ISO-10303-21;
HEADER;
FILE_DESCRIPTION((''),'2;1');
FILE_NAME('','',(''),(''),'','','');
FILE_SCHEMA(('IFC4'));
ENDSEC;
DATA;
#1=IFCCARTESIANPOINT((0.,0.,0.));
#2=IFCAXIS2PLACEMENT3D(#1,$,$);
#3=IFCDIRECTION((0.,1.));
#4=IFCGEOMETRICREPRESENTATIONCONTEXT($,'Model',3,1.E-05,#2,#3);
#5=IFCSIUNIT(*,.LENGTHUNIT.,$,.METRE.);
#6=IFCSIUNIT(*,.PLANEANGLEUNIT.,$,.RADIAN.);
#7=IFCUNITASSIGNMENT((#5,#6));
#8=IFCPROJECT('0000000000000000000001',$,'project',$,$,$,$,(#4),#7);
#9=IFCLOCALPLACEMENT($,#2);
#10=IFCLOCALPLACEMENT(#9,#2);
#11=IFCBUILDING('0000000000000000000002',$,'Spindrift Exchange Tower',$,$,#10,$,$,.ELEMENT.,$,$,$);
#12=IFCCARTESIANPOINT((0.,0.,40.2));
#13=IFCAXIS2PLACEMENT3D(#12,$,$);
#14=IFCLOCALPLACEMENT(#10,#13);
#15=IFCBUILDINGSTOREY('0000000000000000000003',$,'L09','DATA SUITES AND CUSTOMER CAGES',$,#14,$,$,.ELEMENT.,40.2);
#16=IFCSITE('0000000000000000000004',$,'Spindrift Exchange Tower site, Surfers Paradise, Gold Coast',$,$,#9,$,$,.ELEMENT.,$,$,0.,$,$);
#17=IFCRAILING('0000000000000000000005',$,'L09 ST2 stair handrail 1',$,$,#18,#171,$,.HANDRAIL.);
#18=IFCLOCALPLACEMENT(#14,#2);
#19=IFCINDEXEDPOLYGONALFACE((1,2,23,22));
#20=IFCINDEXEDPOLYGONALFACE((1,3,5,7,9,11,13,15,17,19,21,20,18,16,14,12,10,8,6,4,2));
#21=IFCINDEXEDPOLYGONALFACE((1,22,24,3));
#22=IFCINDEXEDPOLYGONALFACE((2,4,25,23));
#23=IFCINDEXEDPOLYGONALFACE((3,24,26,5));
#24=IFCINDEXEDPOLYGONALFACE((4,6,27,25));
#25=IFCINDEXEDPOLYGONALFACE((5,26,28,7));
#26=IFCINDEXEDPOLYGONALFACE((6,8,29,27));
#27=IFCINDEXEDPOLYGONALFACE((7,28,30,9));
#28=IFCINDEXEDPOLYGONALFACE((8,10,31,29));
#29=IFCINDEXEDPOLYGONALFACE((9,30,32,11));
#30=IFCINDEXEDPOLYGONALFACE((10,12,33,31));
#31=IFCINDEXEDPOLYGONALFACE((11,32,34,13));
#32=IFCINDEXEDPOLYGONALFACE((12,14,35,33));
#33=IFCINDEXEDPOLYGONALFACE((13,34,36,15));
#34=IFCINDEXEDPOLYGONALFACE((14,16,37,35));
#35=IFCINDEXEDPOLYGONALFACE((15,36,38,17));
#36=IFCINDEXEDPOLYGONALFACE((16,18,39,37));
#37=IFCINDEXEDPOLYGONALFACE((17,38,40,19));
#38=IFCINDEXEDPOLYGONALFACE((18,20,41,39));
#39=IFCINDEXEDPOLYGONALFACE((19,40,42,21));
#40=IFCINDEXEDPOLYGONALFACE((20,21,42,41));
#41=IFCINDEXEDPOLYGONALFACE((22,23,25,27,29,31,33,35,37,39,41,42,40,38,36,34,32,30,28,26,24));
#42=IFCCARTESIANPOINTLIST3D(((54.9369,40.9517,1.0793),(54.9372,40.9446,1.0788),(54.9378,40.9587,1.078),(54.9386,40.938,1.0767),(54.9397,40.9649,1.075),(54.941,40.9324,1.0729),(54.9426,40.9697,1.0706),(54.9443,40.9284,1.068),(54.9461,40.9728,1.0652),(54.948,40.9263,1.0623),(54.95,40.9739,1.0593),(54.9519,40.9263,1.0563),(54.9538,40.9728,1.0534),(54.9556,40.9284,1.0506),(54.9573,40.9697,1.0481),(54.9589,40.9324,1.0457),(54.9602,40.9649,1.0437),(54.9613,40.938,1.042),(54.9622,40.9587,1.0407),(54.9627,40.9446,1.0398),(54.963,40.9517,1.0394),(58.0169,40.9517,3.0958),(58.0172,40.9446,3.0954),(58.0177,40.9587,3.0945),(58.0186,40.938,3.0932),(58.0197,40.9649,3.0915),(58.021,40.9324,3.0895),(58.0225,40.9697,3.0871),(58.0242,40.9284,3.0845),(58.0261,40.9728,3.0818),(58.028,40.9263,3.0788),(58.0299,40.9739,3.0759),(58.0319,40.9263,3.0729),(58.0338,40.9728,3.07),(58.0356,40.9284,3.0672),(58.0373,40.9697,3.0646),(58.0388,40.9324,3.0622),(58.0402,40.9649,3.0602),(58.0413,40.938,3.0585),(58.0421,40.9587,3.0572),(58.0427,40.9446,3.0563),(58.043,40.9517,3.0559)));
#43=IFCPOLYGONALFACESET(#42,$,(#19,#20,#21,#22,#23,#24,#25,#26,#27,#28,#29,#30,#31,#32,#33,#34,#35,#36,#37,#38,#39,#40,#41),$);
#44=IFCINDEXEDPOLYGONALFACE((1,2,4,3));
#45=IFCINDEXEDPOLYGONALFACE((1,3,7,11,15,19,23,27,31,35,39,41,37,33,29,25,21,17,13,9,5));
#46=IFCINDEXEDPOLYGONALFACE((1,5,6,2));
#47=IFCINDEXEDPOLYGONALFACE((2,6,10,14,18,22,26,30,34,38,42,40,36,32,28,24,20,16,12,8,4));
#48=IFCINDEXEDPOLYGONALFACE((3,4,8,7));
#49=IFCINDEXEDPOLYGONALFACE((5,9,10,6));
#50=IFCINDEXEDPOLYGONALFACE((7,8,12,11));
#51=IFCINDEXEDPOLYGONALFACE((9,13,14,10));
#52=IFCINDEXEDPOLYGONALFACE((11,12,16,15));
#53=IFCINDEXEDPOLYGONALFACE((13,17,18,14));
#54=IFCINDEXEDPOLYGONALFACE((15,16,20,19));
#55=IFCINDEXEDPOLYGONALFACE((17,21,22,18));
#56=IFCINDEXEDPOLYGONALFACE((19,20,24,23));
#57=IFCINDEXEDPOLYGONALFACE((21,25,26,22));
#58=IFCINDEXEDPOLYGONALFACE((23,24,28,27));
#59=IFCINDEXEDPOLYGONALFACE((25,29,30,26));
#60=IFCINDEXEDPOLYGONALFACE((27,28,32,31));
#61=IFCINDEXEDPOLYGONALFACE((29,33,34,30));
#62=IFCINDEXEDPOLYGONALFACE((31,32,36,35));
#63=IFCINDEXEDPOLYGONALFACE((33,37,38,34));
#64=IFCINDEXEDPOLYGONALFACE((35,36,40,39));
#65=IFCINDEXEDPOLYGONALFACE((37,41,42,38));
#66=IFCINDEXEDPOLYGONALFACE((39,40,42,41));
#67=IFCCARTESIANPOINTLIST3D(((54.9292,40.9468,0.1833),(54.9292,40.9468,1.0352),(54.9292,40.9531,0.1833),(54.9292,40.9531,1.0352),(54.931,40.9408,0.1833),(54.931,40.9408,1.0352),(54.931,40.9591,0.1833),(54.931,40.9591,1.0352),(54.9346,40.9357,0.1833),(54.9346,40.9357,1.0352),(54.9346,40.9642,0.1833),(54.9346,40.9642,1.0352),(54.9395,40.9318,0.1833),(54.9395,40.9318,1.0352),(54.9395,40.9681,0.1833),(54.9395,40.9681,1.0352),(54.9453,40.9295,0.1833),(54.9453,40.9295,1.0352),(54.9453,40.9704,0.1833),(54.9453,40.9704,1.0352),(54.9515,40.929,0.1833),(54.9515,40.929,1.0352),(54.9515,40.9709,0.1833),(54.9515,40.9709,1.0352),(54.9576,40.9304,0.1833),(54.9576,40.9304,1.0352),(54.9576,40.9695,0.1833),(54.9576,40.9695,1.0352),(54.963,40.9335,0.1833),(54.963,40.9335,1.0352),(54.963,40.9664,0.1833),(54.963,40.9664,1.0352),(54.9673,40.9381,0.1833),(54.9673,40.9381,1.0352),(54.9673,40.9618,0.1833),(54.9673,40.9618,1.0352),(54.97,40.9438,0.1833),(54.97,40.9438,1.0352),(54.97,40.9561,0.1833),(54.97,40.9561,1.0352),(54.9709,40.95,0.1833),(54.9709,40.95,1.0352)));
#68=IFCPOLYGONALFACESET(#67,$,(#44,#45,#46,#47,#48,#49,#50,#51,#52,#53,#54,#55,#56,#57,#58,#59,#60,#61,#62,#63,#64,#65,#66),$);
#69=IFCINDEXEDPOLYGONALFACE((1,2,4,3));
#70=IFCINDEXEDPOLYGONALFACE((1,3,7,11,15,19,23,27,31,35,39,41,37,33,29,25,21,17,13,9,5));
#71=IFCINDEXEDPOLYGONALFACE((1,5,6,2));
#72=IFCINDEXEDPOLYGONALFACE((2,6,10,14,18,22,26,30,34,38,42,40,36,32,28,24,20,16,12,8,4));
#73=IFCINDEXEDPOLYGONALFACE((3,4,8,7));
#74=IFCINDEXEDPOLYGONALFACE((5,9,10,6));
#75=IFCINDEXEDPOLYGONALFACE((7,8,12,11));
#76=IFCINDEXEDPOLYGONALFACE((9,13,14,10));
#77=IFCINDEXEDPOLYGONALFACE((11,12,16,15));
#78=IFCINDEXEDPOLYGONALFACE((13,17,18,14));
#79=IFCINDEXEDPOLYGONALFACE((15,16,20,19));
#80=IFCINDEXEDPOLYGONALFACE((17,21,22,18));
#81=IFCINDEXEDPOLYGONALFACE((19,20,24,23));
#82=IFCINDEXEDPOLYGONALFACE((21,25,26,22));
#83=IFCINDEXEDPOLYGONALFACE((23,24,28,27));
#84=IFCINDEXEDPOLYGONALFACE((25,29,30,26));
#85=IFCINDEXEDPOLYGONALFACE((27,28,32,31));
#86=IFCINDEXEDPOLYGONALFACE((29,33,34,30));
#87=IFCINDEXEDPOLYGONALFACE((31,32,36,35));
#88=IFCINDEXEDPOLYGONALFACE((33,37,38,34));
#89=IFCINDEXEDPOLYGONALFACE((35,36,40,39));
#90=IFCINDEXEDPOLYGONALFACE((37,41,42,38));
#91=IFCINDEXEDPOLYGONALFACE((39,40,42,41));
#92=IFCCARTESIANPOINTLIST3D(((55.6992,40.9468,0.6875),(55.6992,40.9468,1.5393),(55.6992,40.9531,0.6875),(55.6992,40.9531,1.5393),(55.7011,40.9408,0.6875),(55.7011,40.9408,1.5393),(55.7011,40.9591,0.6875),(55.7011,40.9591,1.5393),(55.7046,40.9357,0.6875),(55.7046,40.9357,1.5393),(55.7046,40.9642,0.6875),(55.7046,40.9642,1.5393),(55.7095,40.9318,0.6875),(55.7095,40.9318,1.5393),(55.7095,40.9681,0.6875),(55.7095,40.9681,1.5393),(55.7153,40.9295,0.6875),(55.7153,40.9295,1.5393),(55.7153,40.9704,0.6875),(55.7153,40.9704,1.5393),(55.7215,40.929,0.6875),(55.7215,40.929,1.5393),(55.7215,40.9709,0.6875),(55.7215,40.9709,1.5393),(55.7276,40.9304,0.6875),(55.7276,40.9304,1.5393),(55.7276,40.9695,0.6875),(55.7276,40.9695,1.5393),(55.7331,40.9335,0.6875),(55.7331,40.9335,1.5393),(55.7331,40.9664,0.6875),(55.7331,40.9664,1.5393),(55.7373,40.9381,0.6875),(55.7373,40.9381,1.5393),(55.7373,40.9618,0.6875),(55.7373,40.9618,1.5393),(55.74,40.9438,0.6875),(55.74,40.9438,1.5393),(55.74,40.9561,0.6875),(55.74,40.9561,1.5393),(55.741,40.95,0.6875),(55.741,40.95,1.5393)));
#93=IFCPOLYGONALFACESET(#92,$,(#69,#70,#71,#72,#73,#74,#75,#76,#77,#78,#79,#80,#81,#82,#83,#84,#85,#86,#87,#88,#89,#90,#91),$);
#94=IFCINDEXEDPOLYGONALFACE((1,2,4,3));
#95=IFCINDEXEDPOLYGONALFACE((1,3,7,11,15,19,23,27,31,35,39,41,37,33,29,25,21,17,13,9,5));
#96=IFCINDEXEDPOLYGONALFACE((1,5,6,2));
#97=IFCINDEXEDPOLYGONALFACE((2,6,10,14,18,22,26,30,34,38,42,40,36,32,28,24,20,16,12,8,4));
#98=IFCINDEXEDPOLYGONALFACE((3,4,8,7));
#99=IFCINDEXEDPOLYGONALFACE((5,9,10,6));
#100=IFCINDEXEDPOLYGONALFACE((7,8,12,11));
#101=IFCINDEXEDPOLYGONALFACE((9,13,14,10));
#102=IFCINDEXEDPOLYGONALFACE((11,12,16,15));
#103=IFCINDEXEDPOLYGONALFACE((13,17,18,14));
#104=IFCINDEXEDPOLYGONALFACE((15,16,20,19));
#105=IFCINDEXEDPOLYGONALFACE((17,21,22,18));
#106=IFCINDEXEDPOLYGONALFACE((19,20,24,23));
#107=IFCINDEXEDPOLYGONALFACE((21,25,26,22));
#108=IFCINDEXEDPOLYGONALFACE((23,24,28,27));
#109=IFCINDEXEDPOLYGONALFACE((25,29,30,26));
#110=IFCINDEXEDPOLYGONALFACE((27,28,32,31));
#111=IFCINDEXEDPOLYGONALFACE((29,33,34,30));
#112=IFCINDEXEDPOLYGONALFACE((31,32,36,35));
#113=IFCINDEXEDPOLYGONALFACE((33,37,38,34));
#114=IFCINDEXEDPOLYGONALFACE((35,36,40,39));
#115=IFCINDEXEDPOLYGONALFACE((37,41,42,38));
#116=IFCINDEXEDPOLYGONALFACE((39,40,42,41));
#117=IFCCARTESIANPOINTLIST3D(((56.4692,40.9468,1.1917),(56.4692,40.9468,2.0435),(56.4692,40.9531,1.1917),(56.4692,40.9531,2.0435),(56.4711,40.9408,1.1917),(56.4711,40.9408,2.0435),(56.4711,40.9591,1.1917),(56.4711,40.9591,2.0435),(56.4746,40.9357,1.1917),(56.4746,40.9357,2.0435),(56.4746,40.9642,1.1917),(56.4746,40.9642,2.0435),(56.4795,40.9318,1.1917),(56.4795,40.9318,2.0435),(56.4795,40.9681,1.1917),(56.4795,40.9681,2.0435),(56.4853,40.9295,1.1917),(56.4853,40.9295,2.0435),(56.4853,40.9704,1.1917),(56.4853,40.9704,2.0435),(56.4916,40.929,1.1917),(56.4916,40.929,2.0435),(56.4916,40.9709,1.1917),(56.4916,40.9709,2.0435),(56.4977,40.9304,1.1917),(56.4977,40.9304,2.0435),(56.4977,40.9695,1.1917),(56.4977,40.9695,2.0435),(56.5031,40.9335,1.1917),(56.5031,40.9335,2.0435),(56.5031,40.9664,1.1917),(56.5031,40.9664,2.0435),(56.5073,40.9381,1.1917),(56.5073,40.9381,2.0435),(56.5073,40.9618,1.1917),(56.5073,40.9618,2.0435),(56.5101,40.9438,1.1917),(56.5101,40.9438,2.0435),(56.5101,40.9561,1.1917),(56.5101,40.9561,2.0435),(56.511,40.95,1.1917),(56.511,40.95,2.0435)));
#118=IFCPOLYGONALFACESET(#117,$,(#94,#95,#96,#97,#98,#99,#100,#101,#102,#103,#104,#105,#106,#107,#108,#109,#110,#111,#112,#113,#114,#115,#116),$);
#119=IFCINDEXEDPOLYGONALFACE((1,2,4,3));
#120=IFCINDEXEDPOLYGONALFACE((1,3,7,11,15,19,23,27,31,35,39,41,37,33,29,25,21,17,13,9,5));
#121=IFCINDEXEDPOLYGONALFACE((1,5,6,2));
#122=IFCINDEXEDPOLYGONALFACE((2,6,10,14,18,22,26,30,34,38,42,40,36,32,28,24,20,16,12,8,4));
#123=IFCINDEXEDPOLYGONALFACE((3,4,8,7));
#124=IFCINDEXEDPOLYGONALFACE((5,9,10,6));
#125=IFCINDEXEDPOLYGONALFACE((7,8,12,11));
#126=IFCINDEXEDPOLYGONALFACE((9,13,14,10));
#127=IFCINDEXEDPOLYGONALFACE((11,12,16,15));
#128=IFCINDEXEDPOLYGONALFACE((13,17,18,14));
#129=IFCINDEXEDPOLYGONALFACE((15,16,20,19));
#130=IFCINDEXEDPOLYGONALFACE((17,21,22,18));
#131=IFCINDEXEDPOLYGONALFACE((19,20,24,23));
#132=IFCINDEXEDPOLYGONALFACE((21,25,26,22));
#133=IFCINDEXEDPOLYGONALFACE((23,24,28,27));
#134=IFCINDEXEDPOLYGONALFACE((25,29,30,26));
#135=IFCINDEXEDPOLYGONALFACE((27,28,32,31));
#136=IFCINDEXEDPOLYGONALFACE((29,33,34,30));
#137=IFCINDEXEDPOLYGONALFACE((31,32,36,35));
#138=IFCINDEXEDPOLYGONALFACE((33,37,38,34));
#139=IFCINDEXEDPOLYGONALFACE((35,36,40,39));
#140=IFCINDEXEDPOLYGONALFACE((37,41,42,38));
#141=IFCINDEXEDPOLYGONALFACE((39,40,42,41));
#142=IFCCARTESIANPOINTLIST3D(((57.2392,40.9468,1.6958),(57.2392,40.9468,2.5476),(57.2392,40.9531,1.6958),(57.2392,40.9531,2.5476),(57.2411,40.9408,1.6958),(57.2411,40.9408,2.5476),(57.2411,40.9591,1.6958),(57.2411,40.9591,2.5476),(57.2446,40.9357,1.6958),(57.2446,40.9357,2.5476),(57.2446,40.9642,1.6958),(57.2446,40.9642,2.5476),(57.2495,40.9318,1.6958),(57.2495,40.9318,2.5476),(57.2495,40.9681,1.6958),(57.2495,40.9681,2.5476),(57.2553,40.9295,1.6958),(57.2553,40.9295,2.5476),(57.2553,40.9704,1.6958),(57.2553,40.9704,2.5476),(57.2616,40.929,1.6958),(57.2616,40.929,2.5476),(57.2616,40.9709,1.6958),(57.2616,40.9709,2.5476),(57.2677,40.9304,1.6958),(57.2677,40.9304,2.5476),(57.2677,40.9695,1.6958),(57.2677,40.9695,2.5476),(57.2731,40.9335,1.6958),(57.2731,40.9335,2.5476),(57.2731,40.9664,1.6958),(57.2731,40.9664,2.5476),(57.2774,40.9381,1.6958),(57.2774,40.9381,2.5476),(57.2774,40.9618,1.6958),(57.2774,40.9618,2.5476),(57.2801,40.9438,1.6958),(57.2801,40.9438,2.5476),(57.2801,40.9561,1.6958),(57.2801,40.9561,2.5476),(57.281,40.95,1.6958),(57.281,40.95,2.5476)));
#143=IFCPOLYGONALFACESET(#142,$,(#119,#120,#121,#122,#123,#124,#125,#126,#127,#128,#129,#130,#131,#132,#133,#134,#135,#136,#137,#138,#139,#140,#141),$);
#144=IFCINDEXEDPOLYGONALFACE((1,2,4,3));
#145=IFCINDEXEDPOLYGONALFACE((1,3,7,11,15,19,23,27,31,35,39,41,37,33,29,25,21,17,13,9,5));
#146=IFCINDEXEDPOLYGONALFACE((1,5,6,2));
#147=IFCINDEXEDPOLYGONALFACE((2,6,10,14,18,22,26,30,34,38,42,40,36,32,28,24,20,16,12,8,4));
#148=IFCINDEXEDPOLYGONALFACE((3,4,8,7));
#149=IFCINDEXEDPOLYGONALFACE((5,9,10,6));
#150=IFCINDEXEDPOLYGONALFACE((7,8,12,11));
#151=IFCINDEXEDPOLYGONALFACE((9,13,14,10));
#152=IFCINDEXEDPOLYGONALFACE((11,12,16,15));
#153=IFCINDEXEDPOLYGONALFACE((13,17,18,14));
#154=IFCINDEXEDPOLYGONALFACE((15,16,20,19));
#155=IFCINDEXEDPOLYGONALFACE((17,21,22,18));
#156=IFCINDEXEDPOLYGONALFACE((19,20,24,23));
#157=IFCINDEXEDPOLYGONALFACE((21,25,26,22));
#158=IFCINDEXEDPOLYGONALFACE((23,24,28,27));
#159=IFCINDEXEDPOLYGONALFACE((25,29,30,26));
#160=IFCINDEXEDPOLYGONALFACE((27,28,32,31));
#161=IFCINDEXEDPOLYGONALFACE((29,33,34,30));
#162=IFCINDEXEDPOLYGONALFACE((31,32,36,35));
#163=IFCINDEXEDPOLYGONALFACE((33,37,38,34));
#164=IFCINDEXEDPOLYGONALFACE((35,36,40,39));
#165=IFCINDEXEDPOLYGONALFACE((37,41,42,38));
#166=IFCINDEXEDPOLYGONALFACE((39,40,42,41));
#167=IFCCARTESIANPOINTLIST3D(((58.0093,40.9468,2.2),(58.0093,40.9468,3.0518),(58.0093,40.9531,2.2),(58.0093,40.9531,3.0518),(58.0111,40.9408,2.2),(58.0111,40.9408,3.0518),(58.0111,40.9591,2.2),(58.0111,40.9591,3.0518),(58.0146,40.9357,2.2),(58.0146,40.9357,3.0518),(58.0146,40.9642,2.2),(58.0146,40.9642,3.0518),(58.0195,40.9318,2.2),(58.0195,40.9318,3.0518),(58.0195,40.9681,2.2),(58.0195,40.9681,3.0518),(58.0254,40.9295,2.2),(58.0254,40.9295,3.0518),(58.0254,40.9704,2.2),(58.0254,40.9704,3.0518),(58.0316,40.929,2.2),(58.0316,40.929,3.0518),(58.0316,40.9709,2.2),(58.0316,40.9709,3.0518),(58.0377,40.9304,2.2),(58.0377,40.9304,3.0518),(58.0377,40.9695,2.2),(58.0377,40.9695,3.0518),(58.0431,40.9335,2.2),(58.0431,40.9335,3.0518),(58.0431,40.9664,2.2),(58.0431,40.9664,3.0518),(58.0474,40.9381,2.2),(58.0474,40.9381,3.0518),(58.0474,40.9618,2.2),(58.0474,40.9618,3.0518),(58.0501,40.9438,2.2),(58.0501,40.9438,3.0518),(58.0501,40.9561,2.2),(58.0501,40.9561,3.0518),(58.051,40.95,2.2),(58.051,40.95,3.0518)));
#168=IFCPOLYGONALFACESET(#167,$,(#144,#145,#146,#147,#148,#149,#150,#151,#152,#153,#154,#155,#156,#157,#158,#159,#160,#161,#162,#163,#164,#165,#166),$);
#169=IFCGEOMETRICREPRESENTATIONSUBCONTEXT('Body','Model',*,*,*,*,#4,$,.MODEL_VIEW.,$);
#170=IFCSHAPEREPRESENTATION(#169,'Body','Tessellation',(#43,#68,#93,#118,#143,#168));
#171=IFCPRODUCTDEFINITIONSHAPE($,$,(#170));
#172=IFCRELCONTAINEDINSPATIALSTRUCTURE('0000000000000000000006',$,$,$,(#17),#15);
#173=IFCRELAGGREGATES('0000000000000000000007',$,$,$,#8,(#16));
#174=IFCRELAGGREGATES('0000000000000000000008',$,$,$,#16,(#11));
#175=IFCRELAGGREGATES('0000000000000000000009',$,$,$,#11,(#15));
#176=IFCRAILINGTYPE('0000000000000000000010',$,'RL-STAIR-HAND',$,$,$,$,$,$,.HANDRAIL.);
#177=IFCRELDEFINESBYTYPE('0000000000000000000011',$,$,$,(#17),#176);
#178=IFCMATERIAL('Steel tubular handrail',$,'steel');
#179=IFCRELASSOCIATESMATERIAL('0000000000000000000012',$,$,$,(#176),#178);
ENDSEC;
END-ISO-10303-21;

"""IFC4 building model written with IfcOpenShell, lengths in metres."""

from ifc_helpers import new_model, si_unit, direction, frame, origin, origin_2d, place, context, subcontext, project, spatial, circle, extrude, material, type_object, element, save


model = new_model("IFC4")

# Units and contexts
model_context = context("Model", 3, precision=1e-05, world=origin(), true_north=direction((0.0, 1.0)))
body_context = subcontext(model_context, "Body", "Model", "MODEL_VIEW")
ifc_project = project(units=[si_unit("LENGTHUNIT", "METRE"), si_unit("PLANEANGLEUNIT", "RADIAN")], contexts=[model_context])

# Site, building, storey
site_placement = place(None, origin())
site = spatial("IfcSite", under=ifc_project, at=site_placement, Name="Spindrift Exchange Tower site, Surfers Paradise, Gold Coast", CompositionType="ELEMENT", RefElevation=0.0)
building_placement = place(site_placement, origin())
building = spatial("IfcBuilding", under=site, at=building_placement, Name="Spindrift Exchange Tower", CompositionType="ELEMENT")
storey_placement = place(building_placement, frame((0.0, 0.0, 40.2)))
storey = spatial("IfcBuildingStorey", under=building, at=storey_placement, Name="L09", Description="DATA SUITES AND CUSTOMER CAGES", CompositionType="ELEMENT", Elevation=40.2)

# Railing
ifc_material_1 = material(Name="Steel tubular handrail", Category="steel")
railing_type_1 = type_object("IfcRailingType", Name="RL-STAIR-HAND", PredefinedType="HANDRAIL", material=ifc_material_1)
railing_1_placement = place(storey_placement, frame((54.95, 40.95, 0.1833)))
element("IfcRailing", 1, at=railing_1_placement, inside=storey, type_object=railing_type_1, Name="L09 ST2 stair handrail 1", PredefinedType="HANDRAIL", context=body_context, shape_type="SweptSolid", body=[
    extrude(circle(Radius=0.0239, at=origin_2d()), frame((0.0, 0.0, 0.876), z_axis=(0.836633, 0.0, 0.547764), x_axis=(0.0, 1.0, 0.0)), (0.0, 0.0, 1.0), 3.6814),
    extrude(circle(Radius=0.021, at=origin_2d()), origin(), (0.0, 0.0, 1.0), 0.8518),
    extrude(circle(Radius=0.021, at=origin_2d()), frame((0.77, 0.0, 0.5042)), (0.0, 0.0, 1.0), 0.8518),
    extrude(circle(Radius=0.021, at=origin_2d()), frame((1.54, 0.0, 1.0083)), (0.0, 0.0, 1.0), 0.8518),
    extrude(circle(Radius=0.021, at=origin_2d()), frame((2.3101, 0.0, 1.5125)), (0.0, 0.0, 1.0), 0.8518),
    extrude(circle(Radius=0.021, at=origin_2d()), frame((3.0801, 0.0, 2.0166)), (0.0, 0.0, 1.0), 0.8518),
])

save(model, "model.ifc")
